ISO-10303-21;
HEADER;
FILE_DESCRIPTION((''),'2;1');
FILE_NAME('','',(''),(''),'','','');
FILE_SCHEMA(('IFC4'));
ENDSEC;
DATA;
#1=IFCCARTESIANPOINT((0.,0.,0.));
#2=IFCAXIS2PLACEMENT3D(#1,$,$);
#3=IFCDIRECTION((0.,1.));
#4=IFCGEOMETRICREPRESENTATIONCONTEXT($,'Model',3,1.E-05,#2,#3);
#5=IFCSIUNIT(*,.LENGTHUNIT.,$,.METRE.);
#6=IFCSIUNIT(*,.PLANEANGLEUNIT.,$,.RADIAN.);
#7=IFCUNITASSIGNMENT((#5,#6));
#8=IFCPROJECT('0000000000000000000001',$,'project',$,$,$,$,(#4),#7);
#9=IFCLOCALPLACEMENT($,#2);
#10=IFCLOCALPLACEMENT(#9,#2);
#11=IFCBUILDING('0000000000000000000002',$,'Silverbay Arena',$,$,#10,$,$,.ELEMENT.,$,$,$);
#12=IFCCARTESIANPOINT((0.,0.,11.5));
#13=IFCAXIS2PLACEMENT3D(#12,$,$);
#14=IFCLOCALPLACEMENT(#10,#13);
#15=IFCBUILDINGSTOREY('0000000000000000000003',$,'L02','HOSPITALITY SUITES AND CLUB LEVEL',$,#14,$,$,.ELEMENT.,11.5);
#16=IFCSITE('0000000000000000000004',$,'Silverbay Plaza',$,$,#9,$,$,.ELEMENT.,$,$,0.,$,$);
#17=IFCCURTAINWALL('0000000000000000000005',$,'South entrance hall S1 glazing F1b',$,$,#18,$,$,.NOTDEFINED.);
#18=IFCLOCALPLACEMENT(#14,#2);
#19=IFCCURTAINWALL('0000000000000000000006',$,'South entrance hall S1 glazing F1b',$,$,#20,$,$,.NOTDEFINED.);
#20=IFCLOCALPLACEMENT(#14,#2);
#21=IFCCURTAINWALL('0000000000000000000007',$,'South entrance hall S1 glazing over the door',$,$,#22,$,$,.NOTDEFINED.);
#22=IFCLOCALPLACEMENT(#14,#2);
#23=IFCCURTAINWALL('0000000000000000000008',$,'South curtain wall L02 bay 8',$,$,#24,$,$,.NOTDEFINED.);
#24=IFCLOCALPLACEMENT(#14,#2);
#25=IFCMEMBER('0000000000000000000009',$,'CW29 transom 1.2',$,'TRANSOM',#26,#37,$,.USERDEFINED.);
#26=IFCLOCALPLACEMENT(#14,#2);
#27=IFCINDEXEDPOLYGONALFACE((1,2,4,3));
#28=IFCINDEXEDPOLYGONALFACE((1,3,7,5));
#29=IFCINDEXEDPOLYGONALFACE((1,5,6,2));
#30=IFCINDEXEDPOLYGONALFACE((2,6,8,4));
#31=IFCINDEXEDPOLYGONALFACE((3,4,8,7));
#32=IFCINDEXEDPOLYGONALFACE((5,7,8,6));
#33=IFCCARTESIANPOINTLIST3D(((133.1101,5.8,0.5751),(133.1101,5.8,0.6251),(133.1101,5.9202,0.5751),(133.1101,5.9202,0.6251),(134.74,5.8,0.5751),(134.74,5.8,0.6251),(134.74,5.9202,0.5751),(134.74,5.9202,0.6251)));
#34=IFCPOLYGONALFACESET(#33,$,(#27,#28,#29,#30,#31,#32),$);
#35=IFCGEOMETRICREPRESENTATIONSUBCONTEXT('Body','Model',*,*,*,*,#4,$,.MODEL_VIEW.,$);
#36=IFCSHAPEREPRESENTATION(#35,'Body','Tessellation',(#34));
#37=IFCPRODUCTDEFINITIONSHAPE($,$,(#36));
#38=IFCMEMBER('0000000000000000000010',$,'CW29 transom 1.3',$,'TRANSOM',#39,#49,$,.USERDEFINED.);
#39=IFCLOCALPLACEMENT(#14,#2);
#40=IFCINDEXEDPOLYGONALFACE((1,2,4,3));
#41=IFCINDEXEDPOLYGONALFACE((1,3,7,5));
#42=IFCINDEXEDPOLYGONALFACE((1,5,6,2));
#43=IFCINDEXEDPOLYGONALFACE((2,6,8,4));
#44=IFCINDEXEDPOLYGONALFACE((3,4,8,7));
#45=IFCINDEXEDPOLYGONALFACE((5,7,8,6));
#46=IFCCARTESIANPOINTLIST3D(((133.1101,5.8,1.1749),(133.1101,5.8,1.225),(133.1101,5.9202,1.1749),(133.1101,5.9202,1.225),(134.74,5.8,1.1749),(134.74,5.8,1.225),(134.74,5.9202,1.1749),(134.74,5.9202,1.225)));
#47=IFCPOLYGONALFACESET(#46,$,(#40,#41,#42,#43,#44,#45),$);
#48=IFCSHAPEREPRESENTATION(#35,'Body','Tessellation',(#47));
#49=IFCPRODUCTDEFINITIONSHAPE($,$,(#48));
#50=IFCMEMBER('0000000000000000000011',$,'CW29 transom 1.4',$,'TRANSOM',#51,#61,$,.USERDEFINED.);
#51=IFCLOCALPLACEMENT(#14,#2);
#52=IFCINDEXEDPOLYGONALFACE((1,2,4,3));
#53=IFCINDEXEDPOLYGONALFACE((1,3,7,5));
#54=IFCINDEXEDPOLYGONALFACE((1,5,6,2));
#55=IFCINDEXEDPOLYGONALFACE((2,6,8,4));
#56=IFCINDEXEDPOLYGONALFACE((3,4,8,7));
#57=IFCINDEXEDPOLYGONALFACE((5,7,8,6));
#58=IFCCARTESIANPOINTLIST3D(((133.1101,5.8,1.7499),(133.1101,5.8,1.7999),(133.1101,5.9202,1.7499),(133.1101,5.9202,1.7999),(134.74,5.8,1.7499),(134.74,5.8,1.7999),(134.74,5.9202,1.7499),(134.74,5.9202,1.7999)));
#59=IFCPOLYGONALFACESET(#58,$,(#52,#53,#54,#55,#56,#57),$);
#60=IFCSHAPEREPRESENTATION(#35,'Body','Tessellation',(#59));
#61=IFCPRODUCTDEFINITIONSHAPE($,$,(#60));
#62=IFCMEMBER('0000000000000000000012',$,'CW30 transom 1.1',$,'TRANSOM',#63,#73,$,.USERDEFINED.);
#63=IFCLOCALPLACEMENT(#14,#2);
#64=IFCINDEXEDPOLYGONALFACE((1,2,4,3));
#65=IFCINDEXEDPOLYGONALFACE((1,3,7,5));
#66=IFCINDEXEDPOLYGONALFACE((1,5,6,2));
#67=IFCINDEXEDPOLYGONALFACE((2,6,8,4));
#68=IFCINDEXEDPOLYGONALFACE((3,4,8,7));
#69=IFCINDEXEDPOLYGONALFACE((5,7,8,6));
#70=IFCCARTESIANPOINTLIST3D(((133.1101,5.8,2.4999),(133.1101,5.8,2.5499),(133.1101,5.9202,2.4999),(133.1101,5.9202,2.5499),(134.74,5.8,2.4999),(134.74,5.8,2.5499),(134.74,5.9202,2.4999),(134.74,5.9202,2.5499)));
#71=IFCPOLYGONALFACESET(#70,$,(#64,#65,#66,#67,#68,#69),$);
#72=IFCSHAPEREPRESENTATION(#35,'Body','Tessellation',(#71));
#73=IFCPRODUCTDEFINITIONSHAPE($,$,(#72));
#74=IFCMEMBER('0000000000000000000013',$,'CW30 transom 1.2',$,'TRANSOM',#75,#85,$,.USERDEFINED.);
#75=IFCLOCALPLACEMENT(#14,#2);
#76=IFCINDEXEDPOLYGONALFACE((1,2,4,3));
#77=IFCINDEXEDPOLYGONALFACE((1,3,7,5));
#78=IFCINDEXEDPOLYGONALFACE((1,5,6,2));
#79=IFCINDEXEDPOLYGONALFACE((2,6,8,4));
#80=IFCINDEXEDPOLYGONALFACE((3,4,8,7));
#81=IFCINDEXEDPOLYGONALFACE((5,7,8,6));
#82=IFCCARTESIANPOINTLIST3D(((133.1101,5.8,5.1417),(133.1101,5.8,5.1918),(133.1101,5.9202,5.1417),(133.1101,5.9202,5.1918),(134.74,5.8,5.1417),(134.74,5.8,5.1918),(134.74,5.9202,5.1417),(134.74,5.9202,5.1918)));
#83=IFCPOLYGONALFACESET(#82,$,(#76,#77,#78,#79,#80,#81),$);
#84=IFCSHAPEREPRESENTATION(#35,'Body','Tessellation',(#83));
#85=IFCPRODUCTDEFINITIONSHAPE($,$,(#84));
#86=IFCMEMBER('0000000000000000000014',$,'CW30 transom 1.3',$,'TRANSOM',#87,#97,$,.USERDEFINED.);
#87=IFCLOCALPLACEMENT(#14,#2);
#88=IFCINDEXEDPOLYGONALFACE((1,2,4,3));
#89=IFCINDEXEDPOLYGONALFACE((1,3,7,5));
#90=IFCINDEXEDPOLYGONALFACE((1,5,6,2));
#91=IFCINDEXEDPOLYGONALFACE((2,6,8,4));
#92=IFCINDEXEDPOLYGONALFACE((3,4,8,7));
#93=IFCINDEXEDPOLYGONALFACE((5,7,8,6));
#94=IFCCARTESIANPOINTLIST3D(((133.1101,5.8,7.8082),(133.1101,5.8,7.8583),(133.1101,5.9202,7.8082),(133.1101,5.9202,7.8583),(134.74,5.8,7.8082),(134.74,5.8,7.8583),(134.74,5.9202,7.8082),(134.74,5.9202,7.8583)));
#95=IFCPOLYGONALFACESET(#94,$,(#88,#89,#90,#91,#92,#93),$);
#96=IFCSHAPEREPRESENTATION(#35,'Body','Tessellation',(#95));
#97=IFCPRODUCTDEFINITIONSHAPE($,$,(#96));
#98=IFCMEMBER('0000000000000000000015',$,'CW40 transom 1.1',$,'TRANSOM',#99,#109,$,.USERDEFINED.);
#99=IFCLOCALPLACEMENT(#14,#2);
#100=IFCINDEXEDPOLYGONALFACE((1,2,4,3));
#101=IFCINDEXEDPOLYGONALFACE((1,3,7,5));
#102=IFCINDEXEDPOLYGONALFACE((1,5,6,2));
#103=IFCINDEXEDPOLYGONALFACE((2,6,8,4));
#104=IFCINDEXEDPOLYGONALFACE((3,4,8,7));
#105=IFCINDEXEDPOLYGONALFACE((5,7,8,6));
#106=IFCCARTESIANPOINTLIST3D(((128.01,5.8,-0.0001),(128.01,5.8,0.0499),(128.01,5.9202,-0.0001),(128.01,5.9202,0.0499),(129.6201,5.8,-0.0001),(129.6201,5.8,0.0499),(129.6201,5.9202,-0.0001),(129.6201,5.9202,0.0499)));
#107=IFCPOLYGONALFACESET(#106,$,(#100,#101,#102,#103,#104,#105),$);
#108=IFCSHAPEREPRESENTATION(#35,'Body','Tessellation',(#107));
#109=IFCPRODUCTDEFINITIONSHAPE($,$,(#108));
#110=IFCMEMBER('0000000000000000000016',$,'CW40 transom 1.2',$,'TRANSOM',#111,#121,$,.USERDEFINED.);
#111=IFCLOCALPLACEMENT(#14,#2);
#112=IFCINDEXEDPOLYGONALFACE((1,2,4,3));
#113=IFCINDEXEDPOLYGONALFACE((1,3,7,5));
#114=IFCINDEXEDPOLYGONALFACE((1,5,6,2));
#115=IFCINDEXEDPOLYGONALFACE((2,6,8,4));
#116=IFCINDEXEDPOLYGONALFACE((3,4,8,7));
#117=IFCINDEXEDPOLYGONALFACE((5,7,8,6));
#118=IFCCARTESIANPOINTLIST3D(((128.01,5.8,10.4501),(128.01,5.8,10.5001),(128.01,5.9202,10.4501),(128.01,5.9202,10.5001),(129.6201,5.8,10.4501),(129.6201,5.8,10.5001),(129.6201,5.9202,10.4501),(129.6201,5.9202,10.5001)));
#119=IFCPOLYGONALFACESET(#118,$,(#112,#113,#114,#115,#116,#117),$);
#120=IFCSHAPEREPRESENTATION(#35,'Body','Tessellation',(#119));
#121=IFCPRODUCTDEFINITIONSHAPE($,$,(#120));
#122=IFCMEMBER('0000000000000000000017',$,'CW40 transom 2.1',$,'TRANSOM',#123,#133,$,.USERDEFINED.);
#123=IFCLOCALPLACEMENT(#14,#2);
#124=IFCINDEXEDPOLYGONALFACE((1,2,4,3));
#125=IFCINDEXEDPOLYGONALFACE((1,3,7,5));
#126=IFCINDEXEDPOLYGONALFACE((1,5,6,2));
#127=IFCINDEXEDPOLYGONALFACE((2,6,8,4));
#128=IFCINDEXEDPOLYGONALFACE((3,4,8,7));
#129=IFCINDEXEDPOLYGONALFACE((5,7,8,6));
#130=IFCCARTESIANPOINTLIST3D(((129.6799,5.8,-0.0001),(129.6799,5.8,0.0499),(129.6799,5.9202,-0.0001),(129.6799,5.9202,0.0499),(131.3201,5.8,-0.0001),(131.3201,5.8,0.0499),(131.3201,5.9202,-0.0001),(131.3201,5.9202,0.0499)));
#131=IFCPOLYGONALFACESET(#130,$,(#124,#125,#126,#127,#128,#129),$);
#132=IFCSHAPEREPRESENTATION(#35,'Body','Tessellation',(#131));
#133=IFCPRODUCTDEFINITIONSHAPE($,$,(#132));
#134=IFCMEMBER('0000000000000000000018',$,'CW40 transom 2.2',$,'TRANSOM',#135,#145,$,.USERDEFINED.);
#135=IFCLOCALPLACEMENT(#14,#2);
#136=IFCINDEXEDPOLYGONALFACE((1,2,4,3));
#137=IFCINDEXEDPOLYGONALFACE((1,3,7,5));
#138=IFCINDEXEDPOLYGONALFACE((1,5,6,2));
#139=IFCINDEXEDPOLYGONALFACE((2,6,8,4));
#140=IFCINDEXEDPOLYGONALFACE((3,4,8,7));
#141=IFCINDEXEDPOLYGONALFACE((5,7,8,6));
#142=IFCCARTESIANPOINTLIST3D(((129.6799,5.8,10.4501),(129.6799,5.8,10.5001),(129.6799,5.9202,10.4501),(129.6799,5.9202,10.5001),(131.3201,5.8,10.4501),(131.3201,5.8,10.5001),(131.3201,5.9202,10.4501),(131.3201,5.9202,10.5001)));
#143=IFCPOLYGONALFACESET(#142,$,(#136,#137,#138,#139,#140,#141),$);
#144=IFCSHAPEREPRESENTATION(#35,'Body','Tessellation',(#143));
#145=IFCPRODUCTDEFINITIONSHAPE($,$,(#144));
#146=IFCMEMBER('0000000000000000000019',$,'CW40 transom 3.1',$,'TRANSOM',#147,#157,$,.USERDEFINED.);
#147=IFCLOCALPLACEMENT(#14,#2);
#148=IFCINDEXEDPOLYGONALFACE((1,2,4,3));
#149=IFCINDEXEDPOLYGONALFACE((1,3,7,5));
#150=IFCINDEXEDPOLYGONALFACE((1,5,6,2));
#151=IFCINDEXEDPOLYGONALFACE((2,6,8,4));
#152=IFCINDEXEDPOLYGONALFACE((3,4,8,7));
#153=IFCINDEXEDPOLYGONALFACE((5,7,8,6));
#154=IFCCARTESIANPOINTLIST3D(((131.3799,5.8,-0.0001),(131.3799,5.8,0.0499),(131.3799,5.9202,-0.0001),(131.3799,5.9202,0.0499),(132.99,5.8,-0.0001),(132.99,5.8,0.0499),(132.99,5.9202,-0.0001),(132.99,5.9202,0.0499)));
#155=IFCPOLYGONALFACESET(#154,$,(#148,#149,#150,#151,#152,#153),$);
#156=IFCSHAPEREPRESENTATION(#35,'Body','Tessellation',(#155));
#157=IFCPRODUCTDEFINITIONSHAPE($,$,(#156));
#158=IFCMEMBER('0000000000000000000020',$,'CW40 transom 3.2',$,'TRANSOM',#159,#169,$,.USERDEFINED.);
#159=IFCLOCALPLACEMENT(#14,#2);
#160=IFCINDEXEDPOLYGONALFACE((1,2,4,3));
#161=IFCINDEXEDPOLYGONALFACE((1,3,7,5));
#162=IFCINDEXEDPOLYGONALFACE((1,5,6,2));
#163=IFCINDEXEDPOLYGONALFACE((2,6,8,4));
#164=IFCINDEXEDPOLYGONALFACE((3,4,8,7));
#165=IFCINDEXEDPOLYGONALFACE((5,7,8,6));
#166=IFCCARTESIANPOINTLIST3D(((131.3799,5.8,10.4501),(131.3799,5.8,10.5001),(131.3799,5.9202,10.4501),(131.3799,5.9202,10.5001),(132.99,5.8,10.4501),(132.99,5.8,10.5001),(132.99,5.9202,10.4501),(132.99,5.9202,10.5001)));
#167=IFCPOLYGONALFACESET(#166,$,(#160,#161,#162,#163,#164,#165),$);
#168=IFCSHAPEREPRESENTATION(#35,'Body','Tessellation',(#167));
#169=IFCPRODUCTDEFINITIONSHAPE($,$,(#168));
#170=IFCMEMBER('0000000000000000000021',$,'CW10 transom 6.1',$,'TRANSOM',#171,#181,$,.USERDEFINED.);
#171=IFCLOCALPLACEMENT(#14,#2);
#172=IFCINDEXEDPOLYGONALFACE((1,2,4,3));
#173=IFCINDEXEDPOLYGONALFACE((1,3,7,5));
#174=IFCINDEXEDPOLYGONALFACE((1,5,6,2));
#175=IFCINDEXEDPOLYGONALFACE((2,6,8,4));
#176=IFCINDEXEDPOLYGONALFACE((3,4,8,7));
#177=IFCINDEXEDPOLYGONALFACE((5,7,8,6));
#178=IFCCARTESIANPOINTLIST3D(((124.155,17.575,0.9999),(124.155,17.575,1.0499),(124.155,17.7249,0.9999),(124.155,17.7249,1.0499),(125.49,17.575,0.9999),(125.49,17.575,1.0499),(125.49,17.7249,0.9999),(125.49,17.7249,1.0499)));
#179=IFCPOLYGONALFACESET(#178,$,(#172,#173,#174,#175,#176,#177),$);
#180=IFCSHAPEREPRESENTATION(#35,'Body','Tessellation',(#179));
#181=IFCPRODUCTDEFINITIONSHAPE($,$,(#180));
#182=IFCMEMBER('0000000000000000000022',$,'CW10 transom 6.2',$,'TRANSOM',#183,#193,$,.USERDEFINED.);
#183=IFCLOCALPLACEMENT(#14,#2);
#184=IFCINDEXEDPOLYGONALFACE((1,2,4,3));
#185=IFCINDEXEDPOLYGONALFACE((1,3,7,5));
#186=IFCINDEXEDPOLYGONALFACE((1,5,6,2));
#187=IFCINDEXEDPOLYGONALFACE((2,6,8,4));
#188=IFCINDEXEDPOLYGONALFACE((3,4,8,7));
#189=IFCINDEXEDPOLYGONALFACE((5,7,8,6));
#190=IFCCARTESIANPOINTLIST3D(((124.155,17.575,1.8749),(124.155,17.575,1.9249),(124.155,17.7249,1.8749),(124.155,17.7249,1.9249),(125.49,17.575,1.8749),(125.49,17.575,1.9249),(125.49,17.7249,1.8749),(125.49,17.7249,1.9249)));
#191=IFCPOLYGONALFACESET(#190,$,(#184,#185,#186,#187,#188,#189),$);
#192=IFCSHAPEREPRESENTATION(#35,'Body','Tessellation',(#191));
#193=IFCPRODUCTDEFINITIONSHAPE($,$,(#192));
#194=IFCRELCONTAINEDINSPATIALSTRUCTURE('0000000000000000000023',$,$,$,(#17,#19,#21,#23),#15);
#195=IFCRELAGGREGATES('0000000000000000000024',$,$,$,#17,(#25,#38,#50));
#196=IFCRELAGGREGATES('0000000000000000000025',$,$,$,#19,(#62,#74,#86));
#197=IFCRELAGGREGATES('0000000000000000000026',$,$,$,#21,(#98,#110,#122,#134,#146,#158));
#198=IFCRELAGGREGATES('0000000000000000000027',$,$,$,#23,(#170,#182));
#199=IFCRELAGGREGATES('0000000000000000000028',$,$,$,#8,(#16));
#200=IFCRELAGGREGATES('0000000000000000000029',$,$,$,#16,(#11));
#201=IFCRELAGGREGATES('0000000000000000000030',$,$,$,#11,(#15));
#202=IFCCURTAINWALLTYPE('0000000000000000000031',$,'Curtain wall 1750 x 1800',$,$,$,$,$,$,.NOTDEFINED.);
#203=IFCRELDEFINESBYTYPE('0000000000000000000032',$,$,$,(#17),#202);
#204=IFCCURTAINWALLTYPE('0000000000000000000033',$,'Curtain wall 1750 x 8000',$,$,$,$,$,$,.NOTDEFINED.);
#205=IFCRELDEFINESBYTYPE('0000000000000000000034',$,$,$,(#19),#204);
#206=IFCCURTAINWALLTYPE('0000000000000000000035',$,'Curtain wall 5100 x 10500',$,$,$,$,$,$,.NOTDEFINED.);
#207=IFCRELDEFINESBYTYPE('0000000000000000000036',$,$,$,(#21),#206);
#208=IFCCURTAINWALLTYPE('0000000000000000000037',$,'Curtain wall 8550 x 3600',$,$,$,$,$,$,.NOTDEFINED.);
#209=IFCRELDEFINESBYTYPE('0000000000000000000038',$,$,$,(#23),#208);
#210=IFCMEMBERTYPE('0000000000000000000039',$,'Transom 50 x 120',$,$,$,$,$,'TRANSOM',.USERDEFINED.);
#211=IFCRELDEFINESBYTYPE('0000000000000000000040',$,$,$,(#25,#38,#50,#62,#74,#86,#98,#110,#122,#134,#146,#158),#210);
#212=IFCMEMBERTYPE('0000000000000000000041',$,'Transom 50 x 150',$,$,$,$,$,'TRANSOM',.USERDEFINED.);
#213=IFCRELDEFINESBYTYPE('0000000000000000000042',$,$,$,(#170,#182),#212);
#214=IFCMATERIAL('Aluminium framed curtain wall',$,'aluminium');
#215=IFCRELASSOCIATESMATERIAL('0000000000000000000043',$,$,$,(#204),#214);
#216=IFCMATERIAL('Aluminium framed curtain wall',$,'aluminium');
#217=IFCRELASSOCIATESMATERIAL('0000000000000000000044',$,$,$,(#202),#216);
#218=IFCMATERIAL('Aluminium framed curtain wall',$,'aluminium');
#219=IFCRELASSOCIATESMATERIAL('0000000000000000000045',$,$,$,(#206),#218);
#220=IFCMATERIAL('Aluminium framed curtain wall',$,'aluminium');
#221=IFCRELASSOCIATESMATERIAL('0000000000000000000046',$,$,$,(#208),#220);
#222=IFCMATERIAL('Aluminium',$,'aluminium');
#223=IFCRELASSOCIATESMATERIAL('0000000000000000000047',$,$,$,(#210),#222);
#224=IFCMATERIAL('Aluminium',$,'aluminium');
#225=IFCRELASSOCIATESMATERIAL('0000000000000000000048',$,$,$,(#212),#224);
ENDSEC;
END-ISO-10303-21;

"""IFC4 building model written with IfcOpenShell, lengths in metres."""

from ifc_helpers import new_model, si_unit, direction, frame, origin, origin_2d, place, context, subcontext, project, spatial, rectangle, extrude, material, material_profile, profile_set, type_object, element, aggregate, save


model = new_model("IFC4")

# Units and contexts
model_context = context("Model", 3, precision=1e-05, world=origin(), true_north=direction((0.0, 1.0)))
body_context = subcontext(model_context, "Body", "Model", "MODEL_VIEW")
ifc_project = project(units=[si_unit("LENGTHUNIT", "METRE"), si_unit("PLANEANGLEUNIT", "RADIAN")], contexts=[model_context])

# Site, building, storey
site_placement = place(None, origin())
site = spatial("IfcSite", under=ifc_project, at=site_placement, Name="Silverbay Plaza", CompositionType="ELEMENT", RefElevation=0.0)
building_placement = place(site_placement, origin())
building = spatial("IfcBuilding", under=site, at=building_placement, Name="Silverbay Arena", CompositionType="ELEMENT")
storey_placement = place(building_placement, frame((0.0, 0.0, 11.5)))
storey = spatial("IfcBuildingStorey", under=building, at=storey_placement, Name="L02", Description="HOSPITALITY SUITES AND CLUB LEVEL", CompositionType="ELEMENT", Elevation=11.5)

# Curtain walls
ifc_material_1 = material(Name="Aluminium framed curtain wall", Category="aluminium")
curtain_wall_type_1 = type_object("IfcCurtainWallType", Name="Curtain wall 1750 x 8000", PredefinedType="NOTDEFINED", material=ifc_material_1)
ifc_material_2 = material(Name="Aluminium framed curtain wall", Category="aluminium")
curtain_wall_type_2 = type_object("IfcCurtainWallType", Name="Curtain wall 1750 x 1800", PredefinedType="NOTDEFINED", material=ifc_material_2)
curtain_wall_1_placement = place(storey_placement, origin())
curtain_wall_1 = element("IfcCurtainWall", 1, at=curtain_wall_1_placement, inside=storey, type_object=curtain_wall_type_2, Name="South entrance hall S1 glazing F1b", PredefinedType="NOTDEFINED")
curtain_wall_2_placement = place(storey_placement, origin())
curtain_wall_2 = element("IfcCurtainWall", 2, at=curtain_wall_2_placement, inside=storey, type_object=curtain_wall_type_1, Name="South entrance hall S1 glazing F1b", PredefinedType="NOTDEFINED")

# Curtain wall
ifc_material_3 = material(Name="Aluminium framed curtain wall", Category="aluminium")
curtain_wall_type_3 = type_object("IfcCurtainWallType", Name="Curtain wall 5100 x 10500", PredefinedType="NOTDEFINED", material=ifc_material_3)
curtain_wall_3_placement = place(storey_placement, origin())
curtain_wall_3 = element("IfcCurtainWall", 3, at=curtain_wall_3_placement, inside=storey, type_object=curtain_wall_type_3, Name="South entrance hall S1 glazing over the door", PredefinedType="NOTDEFINED")

# Curtain wall
ifc_material_4 = material(Name="Aluminium framed curtain wall", Category="aluminium")
curtain_wall_type_4 = type_object("IfcCurtainWallType", Name="Curtain wall 8550 x 3600", PredefinedType="NOTDEFINED", material=ifc_material_4)
curtain_wall_4_placement = place(storey_placement, origin())
curtain_wall_4 = element("IfcCurtainWall", 4, at=curtain_wall_4_placement, inside=storey, type_object=curtain_wall_type_4, Name="South curtain wall L02 bay 8", PredefinedType="NOTDEFINED")

# Members
ifc_material_5 = material(Name="Aluminium", Category="aluminium")
ifc_material_profile_1 = material_profile(ifc_material_5, rectangle(XDim=0.1201, YDim=0.05, at=origin_2d()), Name="Transom 50 x 120")
ifc_profile_set_1 = profile_set([ifc_material_profile_1], Name="Aluminium")
member_type_1 = type_object("IfcMemberType", Name="Transom 50 x 120", ElementType="TRANSOM", PredefinedType="USERDEFINED", material=ifc_profile_set_1)
member_1_placement = place(storey_placement, frame((133.1101, 5.8601, 0.6001), z_axis=(1.0, 0.0, 0.0), x_axis=(0.0, 1.0, 0.0)))
member_1 = element("IfcMember", 5, at=member_1_placement, type_object=member_type_1, Name="CW29 transom 1.2", ObjectType="TRANSOM", PredefinedType="USERDEFINED", context=body_context, shape_type="SweptSolid", body=[
    extrude(rectangle(XDim=0.1201, YDim=0.05, at=origin_2d()), origin(), (0.0, 0.0, 1.0), 1.6299),
])
member_2_placement = place(storey_placement, frame((133.1101, 5.8601, 1.2), z_axis=(1.0, 0.0, 0.0), x_axis=(0.0, 1.0, 0.0)))
member_2 = element("IfcMember", 6, at=member_2_placement, type_object=member_type_1, Name="CW29 transom 1.3", ObjectType="TRANSOM", PredefinedType="USERDEFINED", context=body_context, shape_type="SweptSolid", body=[
    extrude(rectangle(XDim=0.1201, YDim=0.05, at=origin_2d()), origin(), (0.0, 0.0, 1.0), 1.6299),
])
member_3_placement = place(storey_placement, frame((133.1101, 5.8601, 1.7749), z_axis=(1.0, 0.0, 0.0), x_axis=(0.0, 1.0, 0.0)))
member_3 = element("IfcMember", 7, at=member_3_placement, type_object=member_type_1, Name="CW29 transom 1.4", ObjectType="TRANSOM", PredefinedType="USERDEFINED", context=body_context, shape_type="SweptSolid", body=[
    extrude(rectangle(XDim=0.1201, YDim=0.05, at=origin_2d()), origin(), (0.0, 0.0, 1.0), 1.6299),
])
aggregate(curtain_wall_1, [member_1, member_2, member_3])
member_4_placement = place(storey_placement, frame((133.1101, 5.8601, 2.5249), z_axis=(1.0, 0.0, 0.0), x_axis=(0.0, 1.0, 0.0)))
member_4 = element("IfcMember", 8, at=member_4_placement, type_object=member_type_1, Name="CW30 transom 1.1", ObjectType="TRANSOM", PredefinedType="USERDEFINED", context=body_context, shape_type="SweptSolid", body=[
    extrude(rectangle(XDim=0.1201, YDim=0.05, at=origin_2d()), origin(), (0.0, 0.0, 1.0), 1.6299),
])
member_5_placement = place(storey_placement, frame((133.1101, 5.8601, 5.1667), z_axis=(1.0, 0.0, 0.0), x_axis=(0.0, 1.0, 0.0)))
member_5 = element("IfcMember", 9, at=member_5_placement, type_object=member_type_1, Name="CW30 transom 1.2", ObjectType="TRANSOM", PredefinedType="USERDEFINED", context=body_context, shape_type="SweptSolid", body=[
    extrude(rectangle(XDim=0.1201, YDim=0.05, at=origin_2d()), origin(), (0.0, 0.0, 1.0), 1.6299),
])
member_6_placement = place(storey_placement, frame((133.1101, 5.8601, 7.8333), z_axis=(1.0, 0.0, 0.0), x_axis=(0.0, 1.0, 0.0)))
member_6 = element("IfcMember", 10, at=member_6_placement, type_object=member_type_1, Name="CW30 transom 1.3", ObjectType="TRANSOM", PredefinedType="USERDEFINED", context=body_context, shape_type="SweptSolid", body=[
    extrude(rectangle(XDim=0.1201, YDim=0.05, at=origin_2d()), origin(), (0.0, 0.0, 1.0), 1.6299),
])
aggregate(curtain_wall_2, [member_4, member_5, member_6])
member_7_placement = place(storey_placement, frame((128.01, 5.8601, 0.0249), z_axis=(1.0, 0.0, 0.0), x_axis=(0.0, 1.0, 0.0)))
member_7 = element("IfcMember", 11, at=member_7_placement, type_object=member_type_1, Name="CW40 transom 1.1", ObjectType="TRANSOM", PredefinedType="USERDEFINED", context=body_context, shape_type="SweptSolid", body=[
    extrude(rectangle(XDim=0.1201, YDim=0.05, at=origin_2d()), origin(), (0.0, 0.0, 1.0), 1.6101),
])
member_8_placement = place(storey_placement, frame((128.01, 5.8601, 10.4751), z_axis=(1.0, 0.0, 0.0), x_axis=(0.0, 1.0, 0.0)))
member_8 = element("IfcMember", 12, at=member_8_placement, type_object=member_type_1, Name="CW40 transom 1.2", ObjectType="TRANSOM", PredefinedType="USERDEFINED", context=body_context, shape_type="SweptSolid", body=[
    extrude(rectangle(XDim=0.1201, YDim=0.05, at=origin_2d()), origin(), (0.0, 0.0, 1.0), 1.6101),
])
member_9_placement = place(storey_placement, frame((129.6799, 5.8601, 0.0249), z_axis=(1.0, 0.0, 0.0), x_axis=(0.0, 1.0, 0.0)))
member_9 = element("IfcMember", 13, at=member_9_placement, type_object=member_type_1, Name="CW40 transom 2.1", ObjectType="TRANSOM", PredefinedType="USERDEFINED", context=body_context, shape_type="SweptSolid", body=[
    extrude(rectangle(XDim=0.1201, YDim=0.05, at=origin_2d()), origin(), (0.0, 0.0, 1.0), 1.6401),
])
member_10_placement = place(storey_placement, frame((129.6799, 5.8601, 10.4751), z_axis=(1.0, 0.0, 0.0), x_axis=(0.0, 1.0, 0.0)))
member_10 = element("IfcMember", 14, at=member_10_placement, type_object=member_type_1, Name="CW40 transom 2.2", ObjectType="TRANSOM", PredefinedType="USERDEFINED", context=body_context, shape_type="SweptSolid", body=[
    extrude(rectangle(XDim=0.1201, YDim=0.05, at=origin_2d()), origin(), (0.0, 0.0, 1.0), 1.6401),
])
member_11_placement = place(storey_placement, frame((131.3799, 5.8601, 0.0249), z_axis=(1.0, 0.0, 0.0), x_axis=(0.0, 1.0, 0.0)))
member_11 = element("IfcMember", 15, at=member_11_placement, type_object=member_type_1, Name="CW40 transom 3.1", ObjectType="TRANSOM", PredefinedType="USERDEFINED", context=body_context, shape_type="SweptSolid", body=[
    extrude(rectangle(XDim=0.1201, YDim=0.05, at=origin_2d()), origin(), (0.0, 0.0, 1.0), 1.6101),
])
member_12_placement = place(storey_placement, frame((131.3799, 5.8601, 10.4751), z_axis=(1.0, 0.0, 0.0), x_axis=(0.0, 1.0, 0.0)))
member_12 = element("IfcMember", 16, at=member_12_placement, type_object=member_type_1, Name="CW40 transom 3.2", ObjectType="TRANSOM", PredefinedType="USERDEFINED", context=body_context, shape_type="SweptSolid", body=[
    extrude(rectangle(XDim=0.1201, YDim=0.05, at=origin_2d()), origin(), (0.0, 0.0, 1.0), 1.6101),
])
ifc_material_6 = material(Name="Aluminium", Category="aluminium")
ifc_material_profile_2 = material_profile(ifc_material_6, rectangle(XDim=0.1499, YDim=0.05, at=origin_2d()), Name="Transom 50 x 150")
ifc_profile_set_2 = profile_set([ifc_material_profile_2], Name="Aluminium")
member_type_2 = type_object("IfcMemberType", Name="Transom 50 x 150", ElementType="TRANSOM", PredefinedType="USERDEFINED", material=ifc_profile_set_2)
member_13_placement = place(storey_placement, frame((124.155, 17.6499, 1.0249), z_axis=(1.0, 0.0, 0.0), x_axis=(0.0, 1.0, 0.0)))
member_13 = element("IfcMember", 17, at=member_13_placement, type_object=member_type_2, Name="CW10 transom 6.1", ObjectType="TRANSOM", PredefinedType="USERDEFINED", context=body_context, shape_type="SweptSolid", body=[
    extrude(rectangle(XDim=0.1499, YDim=0.05, at=origin_2d()), origin(), (0.0, 0.0, 1.0), 1.335),
])
member_14_placement = place(storey_placement, frame((124.155, 17.6499, 1.8999), z_axis=(1.0, 0.0, 0.0), x_axis=(0.0, 1.0, 0.0)))
member_14 = element("IfcMember", 18, at=member_14_placement, type_object=member_type_2, Name="CW10 transom 6.2", ObjectType="TRANSOM", PredefinedType="USERDEFINED", context=body_context, shape_type="SweptSolid", body=[
    extrude(rectangle(XDim=0.1499, YDim=0.05, at=origin_2d()), origin(), (0.0, 0.0, 1.0), 1.335),
])

aggregate(curtain_wall_3, [member_7, member_8, member_9, member_10, member_11, member_12])
aggregate(curtain_wall_4, [member_13, member_14])

save(model, "model.ifc")
